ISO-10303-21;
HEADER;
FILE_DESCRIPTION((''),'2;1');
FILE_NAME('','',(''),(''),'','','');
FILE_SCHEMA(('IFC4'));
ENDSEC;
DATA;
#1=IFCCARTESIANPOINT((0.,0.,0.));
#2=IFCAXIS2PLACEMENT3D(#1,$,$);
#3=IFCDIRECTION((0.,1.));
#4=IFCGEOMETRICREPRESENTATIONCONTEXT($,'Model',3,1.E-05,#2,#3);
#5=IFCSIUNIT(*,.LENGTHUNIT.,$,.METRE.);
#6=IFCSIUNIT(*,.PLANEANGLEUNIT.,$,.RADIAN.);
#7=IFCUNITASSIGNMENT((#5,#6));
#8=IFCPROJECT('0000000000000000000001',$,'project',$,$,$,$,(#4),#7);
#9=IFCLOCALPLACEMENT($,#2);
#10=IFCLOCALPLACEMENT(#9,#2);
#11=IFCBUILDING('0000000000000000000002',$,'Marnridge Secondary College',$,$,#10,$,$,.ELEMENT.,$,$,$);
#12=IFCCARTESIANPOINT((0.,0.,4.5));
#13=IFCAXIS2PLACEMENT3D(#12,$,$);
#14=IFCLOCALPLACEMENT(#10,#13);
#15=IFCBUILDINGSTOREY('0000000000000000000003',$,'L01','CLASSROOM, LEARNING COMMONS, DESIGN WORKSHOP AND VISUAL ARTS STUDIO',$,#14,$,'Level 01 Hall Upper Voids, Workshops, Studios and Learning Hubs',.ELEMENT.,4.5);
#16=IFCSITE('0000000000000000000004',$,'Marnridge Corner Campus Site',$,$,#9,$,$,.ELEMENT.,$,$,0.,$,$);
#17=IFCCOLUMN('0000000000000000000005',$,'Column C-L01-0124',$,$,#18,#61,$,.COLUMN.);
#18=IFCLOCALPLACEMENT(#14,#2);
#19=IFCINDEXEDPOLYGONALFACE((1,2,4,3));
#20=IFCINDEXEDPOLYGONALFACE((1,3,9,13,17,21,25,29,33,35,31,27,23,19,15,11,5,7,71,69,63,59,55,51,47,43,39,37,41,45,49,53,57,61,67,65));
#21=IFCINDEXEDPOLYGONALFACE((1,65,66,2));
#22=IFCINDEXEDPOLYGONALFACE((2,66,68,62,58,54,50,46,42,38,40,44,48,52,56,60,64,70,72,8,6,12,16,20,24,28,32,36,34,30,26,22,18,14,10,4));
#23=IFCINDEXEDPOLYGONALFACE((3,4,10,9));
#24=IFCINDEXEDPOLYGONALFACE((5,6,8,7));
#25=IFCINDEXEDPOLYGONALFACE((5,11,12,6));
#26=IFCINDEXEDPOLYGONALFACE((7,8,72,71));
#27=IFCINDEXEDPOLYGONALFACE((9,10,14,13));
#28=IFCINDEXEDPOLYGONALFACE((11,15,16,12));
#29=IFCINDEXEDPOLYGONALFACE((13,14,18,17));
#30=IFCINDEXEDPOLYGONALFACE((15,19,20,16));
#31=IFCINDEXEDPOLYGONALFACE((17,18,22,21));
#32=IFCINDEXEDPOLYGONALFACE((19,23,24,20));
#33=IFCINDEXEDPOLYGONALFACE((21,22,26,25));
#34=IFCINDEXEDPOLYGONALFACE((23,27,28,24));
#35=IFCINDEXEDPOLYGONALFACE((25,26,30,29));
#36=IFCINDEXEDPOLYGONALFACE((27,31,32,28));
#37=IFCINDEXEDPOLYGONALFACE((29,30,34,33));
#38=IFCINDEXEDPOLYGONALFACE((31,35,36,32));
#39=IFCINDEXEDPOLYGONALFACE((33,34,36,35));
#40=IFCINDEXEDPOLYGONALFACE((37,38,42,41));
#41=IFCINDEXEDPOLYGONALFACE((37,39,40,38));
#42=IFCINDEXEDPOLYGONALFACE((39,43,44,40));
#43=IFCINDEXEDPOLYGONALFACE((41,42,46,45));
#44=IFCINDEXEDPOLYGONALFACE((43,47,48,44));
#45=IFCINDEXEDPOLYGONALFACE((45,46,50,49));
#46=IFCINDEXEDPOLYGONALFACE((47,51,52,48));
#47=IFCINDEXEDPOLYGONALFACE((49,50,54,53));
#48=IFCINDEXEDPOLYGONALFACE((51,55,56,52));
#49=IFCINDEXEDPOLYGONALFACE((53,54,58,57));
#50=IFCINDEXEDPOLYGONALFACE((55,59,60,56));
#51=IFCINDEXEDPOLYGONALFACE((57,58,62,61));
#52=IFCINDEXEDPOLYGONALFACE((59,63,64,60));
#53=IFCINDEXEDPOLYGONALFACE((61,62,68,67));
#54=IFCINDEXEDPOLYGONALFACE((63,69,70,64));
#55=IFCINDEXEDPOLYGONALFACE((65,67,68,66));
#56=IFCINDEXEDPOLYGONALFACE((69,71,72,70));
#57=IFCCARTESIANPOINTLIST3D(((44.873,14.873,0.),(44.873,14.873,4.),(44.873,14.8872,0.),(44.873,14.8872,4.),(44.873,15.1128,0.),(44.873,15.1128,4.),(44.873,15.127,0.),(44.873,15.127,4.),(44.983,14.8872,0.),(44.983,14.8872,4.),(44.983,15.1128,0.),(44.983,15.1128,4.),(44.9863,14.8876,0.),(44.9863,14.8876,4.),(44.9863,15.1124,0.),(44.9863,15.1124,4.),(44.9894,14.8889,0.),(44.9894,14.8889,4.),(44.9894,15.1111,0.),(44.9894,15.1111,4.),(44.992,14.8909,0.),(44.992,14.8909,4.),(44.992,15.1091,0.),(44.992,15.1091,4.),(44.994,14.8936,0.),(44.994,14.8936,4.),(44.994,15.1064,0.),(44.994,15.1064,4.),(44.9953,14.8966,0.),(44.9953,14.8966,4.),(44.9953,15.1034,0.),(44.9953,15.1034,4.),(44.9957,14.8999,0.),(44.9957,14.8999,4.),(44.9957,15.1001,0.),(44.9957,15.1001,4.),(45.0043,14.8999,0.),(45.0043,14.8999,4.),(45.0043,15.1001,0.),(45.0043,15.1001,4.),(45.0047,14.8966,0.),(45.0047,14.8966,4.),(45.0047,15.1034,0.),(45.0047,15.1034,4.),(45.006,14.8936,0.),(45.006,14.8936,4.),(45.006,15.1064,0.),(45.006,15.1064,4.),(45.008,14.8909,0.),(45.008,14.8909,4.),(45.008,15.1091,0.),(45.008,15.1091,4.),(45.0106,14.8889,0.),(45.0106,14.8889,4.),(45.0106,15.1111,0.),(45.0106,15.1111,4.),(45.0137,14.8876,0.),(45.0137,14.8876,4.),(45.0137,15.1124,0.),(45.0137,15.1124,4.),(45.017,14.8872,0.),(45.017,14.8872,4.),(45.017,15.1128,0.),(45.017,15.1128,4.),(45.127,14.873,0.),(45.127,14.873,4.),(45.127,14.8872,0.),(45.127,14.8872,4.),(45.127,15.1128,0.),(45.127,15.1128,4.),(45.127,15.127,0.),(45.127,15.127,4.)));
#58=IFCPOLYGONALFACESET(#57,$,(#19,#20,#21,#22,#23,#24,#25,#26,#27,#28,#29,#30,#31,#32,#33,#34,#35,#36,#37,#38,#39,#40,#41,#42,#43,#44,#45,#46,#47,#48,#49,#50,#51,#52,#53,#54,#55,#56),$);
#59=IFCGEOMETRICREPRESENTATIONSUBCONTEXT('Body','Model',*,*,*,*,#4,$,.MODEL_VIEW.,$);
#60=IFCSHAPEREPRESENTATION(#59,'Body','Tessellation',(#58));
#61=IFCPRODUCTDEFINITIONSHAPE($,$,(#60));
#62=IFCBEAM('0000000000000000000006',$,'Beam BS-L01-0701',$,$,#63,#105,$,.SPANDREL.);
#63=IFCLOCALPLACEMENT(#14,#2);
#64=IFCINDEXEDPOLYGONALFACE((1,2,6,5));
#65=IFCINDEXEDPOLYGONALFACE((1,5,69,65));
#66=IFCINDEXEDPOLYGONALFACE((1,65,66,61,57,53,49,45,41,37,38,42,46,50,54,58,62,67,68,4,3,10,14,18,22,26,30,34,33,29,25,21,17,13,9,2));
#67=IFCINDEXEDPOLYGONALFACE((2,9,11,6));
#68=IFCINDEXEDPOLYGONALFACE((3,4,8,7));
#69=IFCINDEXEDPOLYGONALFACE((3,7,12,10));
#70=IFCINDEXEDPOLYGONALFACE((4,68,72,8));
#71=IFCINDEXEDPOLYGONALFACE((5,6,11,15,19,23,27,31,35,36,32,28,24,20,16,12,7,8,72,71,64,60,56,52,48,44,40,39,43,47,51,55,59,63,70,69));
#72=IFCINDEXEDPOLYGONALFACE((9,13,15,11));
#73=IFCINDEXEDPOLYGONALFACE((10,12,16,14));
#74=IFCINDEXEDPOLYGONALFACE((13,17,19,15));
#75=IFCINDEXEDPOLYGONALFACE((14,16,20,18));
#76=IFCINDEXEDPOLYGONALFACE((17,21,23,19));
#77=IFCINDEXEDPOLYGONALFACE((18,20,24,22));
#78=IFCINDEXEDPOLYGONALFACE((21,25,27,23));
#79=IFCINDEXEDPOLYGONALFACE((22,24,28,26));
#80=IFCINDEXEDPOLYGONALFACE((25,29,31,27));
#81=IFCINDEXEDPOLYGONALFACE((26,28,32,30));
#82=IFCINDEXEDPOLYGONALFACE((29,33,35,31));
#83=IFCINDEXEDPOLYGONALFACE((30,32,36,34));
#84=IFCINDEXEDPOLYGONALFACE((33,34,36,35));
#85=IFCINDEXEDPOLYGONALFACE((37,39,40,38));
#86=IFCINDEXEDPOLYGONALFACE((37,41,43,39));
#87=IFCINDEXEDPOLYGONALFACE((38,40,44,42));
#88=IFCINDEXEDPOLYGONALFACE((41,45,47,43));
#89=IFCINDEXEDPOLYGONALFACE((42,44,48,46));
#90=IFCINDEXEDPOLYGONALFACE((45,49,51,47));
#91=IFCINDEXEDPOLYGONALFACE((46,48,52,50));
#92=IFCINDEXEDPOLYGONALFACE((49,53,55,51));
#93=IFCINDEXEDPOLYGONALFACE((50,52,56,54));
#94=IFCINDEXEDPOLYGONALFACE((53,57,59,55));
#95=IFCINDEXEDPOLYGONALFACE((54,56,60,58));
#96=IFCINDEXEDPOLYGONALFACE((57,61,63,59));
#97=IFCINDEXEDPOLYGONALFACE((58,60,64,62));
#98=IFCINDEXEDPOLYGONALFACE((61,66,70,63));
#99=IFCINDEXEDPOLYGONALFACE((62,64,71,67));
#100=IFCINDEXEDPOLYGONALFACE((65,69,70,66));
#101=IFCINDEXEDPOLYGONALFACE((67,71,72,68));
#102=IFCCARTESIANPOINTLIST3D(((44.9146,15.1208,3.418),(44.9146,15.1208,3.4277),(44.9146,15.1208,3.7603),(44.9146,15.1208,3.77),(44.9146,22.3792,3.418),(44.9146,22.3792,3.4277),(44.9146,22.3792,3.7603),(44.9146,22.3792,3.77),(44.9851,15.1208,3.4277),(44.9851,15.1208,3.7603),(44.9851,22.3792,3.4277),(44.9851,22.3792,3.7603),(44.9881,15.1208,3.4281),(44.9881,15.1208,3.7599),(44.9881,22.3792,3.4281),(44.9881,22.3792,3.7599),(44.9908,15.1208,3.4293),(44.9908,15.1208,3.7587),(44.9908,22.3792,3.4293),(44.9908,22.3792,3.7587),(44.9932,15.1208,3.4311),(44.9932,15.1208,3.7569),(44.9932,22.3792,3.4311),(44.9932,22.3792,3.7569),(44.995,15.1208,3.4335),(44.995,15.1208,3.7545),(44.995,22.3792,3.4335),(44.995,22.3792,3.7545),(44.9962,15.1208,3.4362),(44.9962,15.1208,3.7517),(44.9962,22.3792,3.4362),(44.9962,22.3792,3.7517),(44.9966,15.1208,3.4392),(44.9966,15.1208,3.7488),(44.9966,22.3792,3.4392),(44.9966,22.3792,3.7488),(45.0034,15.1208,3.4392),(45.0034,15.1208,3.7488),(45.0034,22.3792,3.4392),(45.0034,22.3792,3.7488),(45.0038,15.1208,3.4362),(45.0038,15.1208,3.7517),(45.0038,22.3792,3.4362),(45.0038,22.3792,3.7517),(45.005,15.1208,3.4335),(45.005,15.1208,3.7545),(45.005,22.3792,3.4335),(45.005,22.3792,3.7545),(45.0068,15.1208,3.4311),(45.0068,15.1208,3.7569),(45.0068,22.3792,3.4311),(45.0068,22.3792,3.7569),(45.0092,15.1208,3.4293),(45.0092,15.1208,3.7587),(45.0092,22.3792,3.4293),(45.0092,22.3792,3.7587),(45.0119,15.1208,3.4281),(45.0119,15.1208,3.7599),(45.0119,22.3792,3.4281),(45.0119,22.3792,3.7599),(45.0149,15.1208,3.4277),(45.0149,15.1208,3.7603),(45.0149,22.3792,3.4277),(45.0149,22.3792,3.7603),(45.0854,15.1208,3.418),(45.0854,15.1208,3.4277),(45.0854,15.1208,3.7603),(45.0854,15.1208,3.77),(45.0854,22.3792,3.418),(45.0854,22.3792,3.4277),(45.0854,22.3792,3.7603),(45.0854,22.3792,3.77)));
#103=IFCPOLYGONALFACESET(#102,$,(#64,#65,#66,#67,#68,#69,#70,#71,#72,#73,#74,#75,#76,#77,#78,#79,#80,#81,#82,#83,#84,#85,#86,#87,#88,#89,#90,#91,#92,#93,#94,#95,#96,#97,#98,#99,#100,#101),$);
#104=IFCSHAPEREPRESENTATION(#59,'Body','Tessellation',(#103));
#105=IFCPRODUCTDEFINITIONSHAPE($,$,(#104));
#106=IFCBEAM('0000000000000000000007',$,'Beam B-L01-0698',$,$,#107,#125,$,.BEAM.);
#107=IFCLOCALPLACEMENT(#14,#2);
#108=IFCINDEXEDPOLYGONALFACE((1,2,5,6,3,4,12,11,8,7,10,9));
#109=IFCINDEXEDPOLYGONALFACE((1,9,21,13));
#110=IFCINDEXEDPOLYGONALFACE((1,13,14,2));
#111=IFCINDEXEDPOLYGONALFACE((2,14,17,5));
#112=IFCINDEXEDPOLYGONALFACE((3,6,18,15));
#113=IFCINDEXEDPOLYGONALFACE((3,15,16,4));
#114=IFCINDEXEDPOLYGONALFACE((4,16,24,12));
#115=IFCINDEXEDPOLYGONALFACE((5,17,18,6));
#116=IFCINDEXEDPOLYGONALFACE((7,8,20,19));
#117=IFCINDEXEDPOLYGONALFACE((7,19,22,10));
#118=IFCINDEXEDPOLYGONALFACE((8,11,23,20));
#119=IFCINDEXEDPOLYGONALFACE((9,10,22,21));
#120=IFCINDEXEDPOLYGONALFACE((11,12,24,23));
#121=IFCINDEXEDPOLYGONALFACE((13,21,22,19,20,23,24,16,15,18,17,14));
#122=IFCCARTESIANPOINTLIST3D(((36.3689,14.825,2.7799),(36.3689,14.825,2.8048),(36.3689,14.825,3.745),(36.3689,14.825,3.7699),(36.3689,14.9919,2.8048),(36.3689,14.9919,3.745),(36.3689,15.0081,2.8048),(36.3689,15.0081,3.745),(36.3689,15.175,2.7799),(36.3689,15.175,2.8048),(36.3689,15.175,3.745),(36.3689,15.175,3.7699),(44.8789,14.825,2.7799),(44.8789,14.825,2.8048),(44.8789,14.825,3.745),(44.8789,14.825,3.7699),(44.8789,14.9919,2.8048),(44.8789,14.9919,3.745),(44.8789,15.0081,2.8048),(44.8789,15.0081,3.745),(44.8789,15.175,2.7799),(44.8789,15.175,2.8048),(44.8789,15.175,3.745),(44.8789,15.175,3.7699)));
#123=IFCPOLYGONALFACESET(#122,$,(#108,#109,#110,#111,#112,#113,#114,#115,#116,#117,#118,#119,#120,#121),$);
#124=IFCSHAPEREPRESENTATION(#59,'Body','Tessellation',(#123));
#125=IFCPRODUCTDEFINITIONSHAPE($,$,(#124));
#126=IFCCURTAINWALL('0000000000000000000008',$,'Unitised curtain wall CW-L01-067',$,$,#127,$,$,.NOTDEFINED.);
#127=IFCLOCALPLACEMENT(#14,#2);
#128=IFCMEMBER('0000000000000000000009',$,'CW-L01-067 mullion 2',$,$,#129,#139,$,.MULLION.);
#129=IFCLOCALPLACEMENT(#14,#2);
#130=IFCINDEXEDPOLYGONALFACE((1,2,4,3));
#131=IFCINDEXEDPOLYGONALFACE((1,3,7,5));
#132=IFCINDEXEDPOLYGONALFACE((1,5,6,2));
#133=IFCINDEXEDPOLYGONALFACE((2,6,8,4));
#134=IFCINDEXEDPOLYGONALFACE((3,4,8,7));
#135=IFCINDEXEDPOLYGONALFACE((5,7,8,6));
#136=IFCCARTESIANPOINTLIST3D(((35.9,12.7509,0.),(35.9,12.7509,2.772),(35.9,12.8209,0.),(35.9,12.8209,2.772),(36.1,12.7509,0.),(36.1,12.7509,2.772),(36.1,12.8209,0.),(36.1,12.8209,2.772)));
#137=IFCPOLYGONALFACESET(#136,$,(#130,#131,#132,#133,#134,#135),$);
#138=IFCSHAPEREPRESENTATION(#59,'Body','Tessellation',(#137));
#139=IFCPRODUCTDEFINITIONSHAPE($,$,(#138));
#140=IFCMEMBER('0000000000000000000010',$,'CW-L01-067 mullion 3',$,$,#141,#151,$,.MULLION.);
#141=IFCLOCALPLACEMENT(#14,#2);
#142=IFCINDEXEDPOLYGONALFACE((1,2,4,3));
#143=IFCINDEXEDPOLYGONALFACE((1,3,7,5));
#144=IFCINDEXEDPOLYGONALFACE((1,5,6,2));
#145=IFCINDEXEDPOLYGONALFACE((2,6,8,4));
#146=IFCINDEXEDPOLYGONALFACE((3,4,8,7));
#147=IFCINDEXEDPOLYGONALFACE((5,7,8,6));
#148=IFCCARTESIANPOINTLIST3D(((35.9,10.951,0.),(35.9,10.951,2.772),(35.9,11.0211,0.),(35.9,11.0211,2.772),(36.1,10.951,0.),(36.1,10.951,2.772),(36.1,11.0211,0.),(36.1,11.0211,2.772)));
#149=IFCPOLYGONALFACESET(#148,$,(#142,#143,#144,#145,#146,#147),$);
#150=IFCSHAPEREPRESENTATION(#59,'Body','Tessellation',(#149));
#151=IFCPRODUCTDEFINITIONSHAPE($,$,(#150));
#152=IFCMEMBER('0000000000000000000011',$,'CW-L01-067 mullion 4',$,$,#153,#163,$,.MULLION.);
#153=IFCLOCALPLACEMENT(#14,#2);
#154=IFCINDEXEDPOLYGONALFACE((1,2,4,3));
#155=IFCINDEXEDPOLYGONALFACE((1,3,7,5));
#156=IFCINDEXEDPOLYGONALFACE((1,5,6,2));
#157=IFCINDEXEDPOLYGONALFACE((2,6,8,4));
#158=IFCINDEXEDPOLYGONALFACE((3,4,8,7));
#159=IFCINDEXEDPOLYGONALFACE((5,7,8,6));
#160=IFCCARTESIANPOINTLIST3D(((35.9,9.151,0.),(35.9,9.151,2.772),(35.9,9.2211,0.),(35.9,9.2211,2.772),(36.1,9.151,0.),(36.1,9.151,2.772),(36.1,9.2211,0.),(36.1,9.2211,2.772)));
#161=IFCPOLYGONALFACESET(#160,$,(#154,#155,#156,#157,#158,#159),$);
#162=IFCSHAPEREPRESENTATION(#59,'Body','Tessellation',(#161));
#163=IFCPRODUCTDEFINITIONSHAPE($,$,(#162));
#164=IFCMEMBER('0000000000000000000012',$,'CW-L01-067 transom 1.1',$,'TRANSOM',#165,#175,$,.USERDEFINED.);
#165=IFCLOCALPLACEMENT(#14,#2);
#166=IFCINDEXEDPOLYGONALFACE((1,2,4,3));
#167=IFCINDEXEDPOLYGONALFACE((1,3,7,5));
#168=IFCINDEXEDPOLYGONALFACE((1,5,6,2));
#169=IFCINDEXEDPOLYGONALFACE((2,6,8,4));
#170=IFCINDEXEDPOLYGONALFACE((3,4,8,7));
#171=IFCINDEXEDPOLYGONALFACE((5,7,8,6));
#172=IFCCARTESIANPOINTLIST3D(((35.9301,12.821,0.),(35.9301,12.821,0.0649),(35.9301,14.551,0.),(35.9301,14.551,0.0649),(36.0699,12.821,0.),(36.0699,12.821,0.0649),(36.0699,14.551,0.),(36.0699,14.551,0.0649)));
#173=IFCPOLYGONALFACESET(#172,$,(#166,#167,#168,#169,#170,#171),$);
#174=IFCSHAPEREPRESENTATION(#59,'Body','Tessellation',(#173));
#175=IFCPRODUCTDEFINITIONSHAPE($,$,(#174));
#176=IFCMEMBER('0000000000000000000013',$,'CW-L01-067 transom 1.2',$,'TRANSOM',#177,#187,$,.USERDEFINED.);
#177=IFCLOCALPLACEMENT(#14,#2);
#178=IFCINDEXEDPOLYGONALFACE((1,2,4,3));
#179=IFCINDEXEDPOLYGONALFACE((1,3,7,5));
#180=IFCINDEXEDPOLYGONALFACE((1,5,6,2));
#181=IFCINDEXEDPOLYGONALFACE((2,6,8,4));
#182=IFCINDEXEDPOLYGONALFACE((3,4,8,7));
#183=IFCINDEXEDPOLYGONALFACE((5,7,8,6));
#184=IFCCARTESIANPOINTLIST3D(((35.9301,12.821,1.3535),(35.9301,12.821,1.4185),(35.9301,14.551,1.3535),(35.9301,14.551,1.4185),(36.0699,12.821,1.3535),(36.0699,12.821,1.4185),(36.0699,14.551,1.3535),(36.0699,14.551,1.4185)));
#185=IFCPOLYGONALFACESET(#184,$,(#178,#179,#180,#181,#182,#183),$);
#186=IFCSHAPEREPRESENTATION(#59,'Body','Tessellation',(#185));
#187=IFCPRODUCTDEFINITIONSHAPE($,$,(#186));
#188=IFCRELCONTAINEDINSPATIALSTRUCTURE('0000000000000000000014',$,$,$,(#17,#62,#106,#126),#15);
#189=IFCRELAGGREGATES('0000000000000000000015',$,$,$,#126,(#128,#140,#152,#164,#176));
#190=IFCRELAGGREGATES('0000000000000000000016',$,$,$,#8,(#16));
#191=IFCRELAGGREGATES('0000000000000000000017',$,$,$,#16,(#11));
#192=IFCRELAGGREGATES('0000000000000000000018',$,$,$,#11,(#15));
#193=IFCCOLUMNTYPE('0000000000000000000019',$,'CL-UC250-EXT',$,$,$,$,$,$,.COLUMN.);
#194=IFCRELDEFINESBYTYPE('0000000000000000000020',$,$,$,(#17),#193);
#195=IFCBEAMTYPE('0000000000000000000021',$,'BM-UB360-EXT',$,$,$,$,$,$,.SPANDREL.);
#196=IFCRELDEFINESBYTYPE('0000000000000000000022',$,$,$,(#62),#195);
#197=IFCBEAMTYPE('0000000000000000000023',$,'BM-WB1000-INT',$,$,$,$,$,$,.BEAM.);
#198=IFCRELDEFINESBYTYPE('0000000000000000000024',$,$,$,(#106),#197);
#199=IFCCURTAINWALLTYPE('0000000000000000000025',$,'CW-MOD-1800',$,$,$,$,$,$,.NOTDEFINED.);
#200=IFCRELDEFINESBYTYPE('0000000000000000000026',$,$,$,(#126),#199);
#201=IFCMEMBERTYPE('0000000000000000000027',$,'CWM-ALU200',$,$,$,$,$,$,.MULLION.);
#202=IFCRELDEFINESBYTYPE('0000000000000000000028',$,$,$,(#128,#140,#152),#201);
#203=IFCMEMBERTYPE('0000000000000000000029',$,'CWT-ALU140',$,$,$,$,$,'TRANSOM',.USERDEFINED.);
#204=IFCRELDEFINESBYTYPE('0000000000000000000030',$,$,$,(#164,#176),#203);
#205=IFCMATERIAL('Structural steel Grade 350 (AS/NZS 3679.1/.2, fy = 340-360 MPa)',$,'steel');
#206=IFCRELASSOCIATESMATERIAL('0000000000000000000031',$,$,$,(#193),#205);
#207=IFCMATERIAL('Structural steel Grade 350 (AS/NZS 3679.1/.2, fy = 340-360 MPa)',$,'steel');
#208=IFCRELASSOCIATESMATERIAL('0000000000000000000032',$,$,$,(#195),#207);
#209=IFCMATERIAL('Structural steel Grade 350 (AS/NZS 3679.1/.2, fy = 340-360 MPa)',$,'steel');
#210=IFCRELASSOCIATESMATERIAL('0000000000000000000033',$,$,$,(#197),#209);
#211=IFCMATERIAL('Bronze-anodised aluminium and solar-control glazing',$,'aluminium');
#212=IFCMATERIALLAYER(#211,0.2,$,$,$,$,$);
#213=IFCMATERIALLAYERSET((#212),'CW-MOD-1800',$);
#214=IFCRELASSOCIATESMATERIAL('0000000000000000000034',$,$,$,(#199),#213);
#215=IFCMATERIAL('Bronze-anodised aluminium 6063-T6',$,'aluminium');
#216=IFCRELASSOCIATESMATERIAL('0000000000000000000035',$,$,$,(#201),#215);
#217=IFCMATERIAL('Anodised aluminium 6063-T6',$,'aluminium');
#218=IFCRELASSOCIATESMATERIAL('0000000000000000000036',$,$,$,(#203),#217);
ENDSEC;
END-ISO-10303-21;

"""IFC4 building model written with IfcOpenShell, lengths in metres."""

from ifc_helpers import new_model, si_unit, direction, frame, origin, origin_2d, place, context, subcontext, project, spatial, rectangle, i_section, extrude, material, layer, layer_set, material_profile, profile_set, type_object, element, aggregate, save


model = new_model("IFC4")

# Units and contexts
model_context = context("Model", 3, precision=1e-05, world=origin(), true_north=direction((0.0, 1.0)))
body_context = subcontext(model_context, "Body", "Model", "MODEL_VIEW")
ifc_project = project(units=[si_unit("LENGTHUNIT", "METRE"), si_unit("PLANEANGLEUNIT", "RADIAN")], contexts=[model_context])

# Site, building, storey
site_placement = place(None, origin())
site = spatial("IfcSite", under=ifc_project, at=site_placement, Name="Marnridge Corner Campus Site", CompositionType="ELEMENT", RefElevation=0.0)
building_placement = place(site_placement, origin())
building = spatial("IfcBuilding", under=site, at=building_placement, Name="Marnridge Secondary College", CompositionType="ELEMENT")
storey_placement = place(building_placement, frame((0.0, 0.0, 4.5)))
storey = spatial("IfcBuildingStorey", under=building, at=storey_placement, Name="L01", Description="CLASSROOM, LEARNING COMMONS, DESIGN WORKSHOP AND VISUAL ARTS STUDIO", LongName="Level 01 Hall Upper Voids, Workshops, Studios and Learning Hubs", CompositionType="ELEMENT", Elevation=4.5)

# Column
ifc_material_1 = material(Name="Structural steel Grade 350 (AS/NZS 3679.1/.2, fy = 340-360 MPa)", Category="steel")
ifc_material_profile_1 = material_profile(ifc_material_1, i_section(OverallWidth=0.2539, OverallDepth=0.2539, WebThickness=0.0085, FlangeThickness=0.0142, FilletRadius=0.0127, at=origin_2d()), Name="250UC72.9")
ifc_profile_set_1 = profile_set([ifc_material_profile_1], Name="Structural steel Grade 350 (AS/NZS 3679.1/.2, fy = 340-360 MPa)")
column_type = type_object("IfcColumnType", Name="CL-UC250-EXT", PredefinedType="COLUMN", material=ifc_profile_set_1)
column_placement = place(storey_placement, frame((45.0, 15.0, 0.0), z_axis=(0.0, 0.0, 1.0), x_axis=(1.0, 0.0, 0.0)))
element("IfcColumn", 1, at=column_placement, inside=storey, type_object=column_type, Name="Column C-L01-0124", PredefinedType="COLUMN", context=body_context, shape_type="SweptSolid", body=[
    extrude(i_section(OverallWidth=0.2539, OverallDepth=0.2539, WebThickness=0.0085, FlangeThickness=0.0142, FilletRadius=0.0127, at=origin_2d()), origin(), (0.0, 0.0, 1.0), 4.0),
])

# Beams
ifc_material_2 = material(Name="Structural steel Grade 350 (AS/NZS 3679.1/.2, fy = 340-360 MPa)", Category="steel")
ifc_material_profile_2 = material_profile(ifc_material_2, i_section(OverallWidth=0.1709, OverallDepth=0.3521, WebThickness=0.0068, FlangeThickness=0.0098, FilletRadius=0.0115, at=origin_2d()), Name="360UB44.7")
ifc_profile_set_2 = profile_set([ifc_material_profile_2], Name="Structural steel Grade 350 (AS/NZS 3679.1/.2, fy = 340-360 MPa)")
beam_type_1 = type_object("IfcBeamType", Name="BM-UB360-EXT", PredefinedType="SPANDREL", material=ifc_profile_set_2)
beam_1_placement = place(storey_placement, frame((45.0, 15.1208, 3.594), z_axis=(0.0, 1.0, 0.0), x_axis=(-1.0, 0.0, 0.0)))
element("IfcBeam", 2, at=beam_1_placement, inside=storey, type_object=beam_type_1, Name="Beam BS-L01-0701", PredefinedType="SPANDREL", context=body_context, shape_type="SweptSolid", body=[
    extrude(i_section(OverallWidth=0.1709, OverallDepth=0.3521, WebThickness=0.0068, FlangeThickness=0.0098, FilletRadius=0.0115, at=origin_2d()), origin(), (0.0, 0.0, 1.0), 7.2583),
])
ifc_material_3 = material(Name="Structural steel Grade 350 (AS/NZS 3679.1/.2, fy = 340-360 MPa)", Category="steel")
ifc_material_profile_3 = material_profile(ifc_material_3, i_section(OverallWidth=0.3501, OverallDepth=0.99, WebThickness=0.0161, FlangeThickness=0.0249, at=origin_2d()), Name="1000WB258")
ifc_profile_set_3 = profile_set([ifc_material_profile_3], Name="Structural steel Grade 350 (AS/NZS 3679.1/.2, fy = 340-360 MPa)")
beam_type_2 = type_object("IfcBeamType", Name="BM-WB1000-INT", PredefinedType="BEAM", material=ifc_profile_set_3)
beam_2_placement = place(storey_placement, frame((36.3689, 15.0, 3.2749), z_axis=(1.0, 0.0, 0.0), x_axis=(0.0, 1.0, 0.0)))
element("IfcBeam", 3, at=beam_2_placement, inside=storey, type_object=beam_type_2, Name="Beam B-L01-0698", PredefinedType="BEAM", context=body_context, shape_type="SweptSolid", body=[
    extrude(i_section(OverallWidth=0.3501, OverallDepth=0.99, WebThickness=0.0161, FlangeThickness=0.0249, at=origin_2d()), origin(), (0.0, 0.0, 1.0), 8.51),
])

# Curtain wall, members
ifc_material_4 = material(Name="Bronze-anodised aluminium and solar-control glazing", Category="aluminium")
ifc_layer_1 = layer(ifc_material_4, 0.2)
ifc_layer_set_1 = layer_set([ifc_layer_1], Name="CW-MOD-1800")
curtain_wall_type = type_object("IfcCurtainWallType", Name="CW-MOD-1800", PredefinedType="NOTDEFINED", material=ifc_layer_set_1)
curtain_wall_placement = place(storey_placement, origin())
curtain_wall = element("IfcCurtainWall", 4, at=curtain_wall_placement, inside=storey, type_object=curtain_wall_type, Name="Unitised curtain wall CW-L01-067", PredefinedType="NOTDEFINED")
ifc_material_5 = material(Name="Bronze-anodised aluminium 6063-T6", Category="aluminium")
ifc_material_profile_4 = material_profile(ifc_material_5, rectangle(XDim=0.0701, YDim=0.2, at=origin_2d()), Name="ALU 70x200")
ifc_profile_set_4 = profile_set([ifc_material_profile_4], Name="Bronze-anodised aluminium 6063-T6")
member_type_1 = type_object("IfcMemberType", Name="CWM-ALU200", PredefinedType="MULLION", material=ifc_profile_set_4)
member_1_placement = place(storey_placement, frame((36.0, 12.7859, 0.0), z_axis=(0.0, 0.0, 1.0), x_axis=(0.0, -1.0, 0.0)))
member_1 = element("IfcMember", 5, at=member_1_placement, type_object=member_type_1, Name="CW-L01-067 mullion 2", PredefinedType="MULLION", context=body_context, shape_type="SweptSolid", body=[
    extrude(rectangle(XDim=0.0701, YDim=0.2, at=origin_2d()), origin(), (0.0, 0.0, 1.0), 2.772),
])
member_2_placement = place(storey_placement, frame((36.0, 10.9861, 0.0), z_axis=(0.0, 0.0, 1.0), x_axis=(0.0, -1.0, 0.0)))
member_2 = element("IfcMember", 6, at=member_2_placement, type_object=member_type_1, Name="CW-L01-067 mullion 3", PredefinedType="MULLION", context=body_context, shape_type="SweptSolid", body=[
    extrude(rectangle(XDim=0.0701, YDim=0.2, at=origin_2d()), origin(), (0.0, 0.0, 1.0), 2.772),
])
member_3_placement = place(storey_placement, frame((36.0, 9.186, 0.0), z_axis=(0.0, 0.0, 1.0), x_axis=(0.0, -1.0, 0.0)))
member_3 = element("IfcMember", 7, at=member_3_placement, type_object=member_type_1, Name="CW-L01-067 mullion 4", PredefinedType="MULLION", context=body_context, shape_type="SweptSolid", body=[
    extrude(rectangle(XDim=0.0701, YDim=0.2, at=origin_2d()), origin(), (0.0, 0.0, 1.0), 2.772),
])
ifc_material_6 = material(Name="Anodised aluminium 6063-T6", Category="aluminium")
ifc_material_profile_5 = material_profile(ifc_material_6, rectangle(XDim=0.0649, YDim=0.1399, at=origin_2d()), Name="ALU 65x140")
ifc_profile_set_5 = profile_set([ifc_material_profile_5], Name="Anodised aluminium 6063-T6")
member_type_2 = type_object("IfcMemberType", Name="CWT-ALU140", ElementType="TRANSOM", PredefinedType="USERDEFINED", material=ifc_profile_set_5)
member_4_placement = place(storey_placement, frame((36.0, 14.551, 0.0325), z_axis=(0.0, -1.0, 0.0), x_axis=(0.0, 0.0, 1.0)))
member_4 = element("IfcMember", 8, at=member_4_placement, type_object=member_type_2, Name="CW-L01-067 transom 1.1", ObjectType="TRANSOM", PredefinedType="USERDEFINED", context=body_context, shape_type="SweptSolid", body=[
    extrude(rectangle(XDim=0.0649, YDim=0.1399, at=origin_2d()), origin(), (0.0, 0.0, 1.0), 1.73),
])
member_5_placement = place(storey_placement, frame((36.0, 14.551, 1.386), z_axis=(0.0, -1.0, 0.0), x_axis=(0.0, 0.0, 1.0)))
member_5 = element("IfcMember", 9, at=member_5_placement, type_object=member_type_2, Name="CW-L01-067 transom 1.2", ObjectType="TRANSOM", PredefinedType="USERDEFINED", context=body_context, shape_type="SweptSolid", body=[
    extrude(rectangle(XDim=0.0649, YDim=0.1399, at=origin_2d()), origin(), (0.0, 0.0, 1.0), 1.73),
])
aggregate(curtain_wall, [member_1, member_2, member_3, member_4, member_5])

save(model, "model.ifc")
